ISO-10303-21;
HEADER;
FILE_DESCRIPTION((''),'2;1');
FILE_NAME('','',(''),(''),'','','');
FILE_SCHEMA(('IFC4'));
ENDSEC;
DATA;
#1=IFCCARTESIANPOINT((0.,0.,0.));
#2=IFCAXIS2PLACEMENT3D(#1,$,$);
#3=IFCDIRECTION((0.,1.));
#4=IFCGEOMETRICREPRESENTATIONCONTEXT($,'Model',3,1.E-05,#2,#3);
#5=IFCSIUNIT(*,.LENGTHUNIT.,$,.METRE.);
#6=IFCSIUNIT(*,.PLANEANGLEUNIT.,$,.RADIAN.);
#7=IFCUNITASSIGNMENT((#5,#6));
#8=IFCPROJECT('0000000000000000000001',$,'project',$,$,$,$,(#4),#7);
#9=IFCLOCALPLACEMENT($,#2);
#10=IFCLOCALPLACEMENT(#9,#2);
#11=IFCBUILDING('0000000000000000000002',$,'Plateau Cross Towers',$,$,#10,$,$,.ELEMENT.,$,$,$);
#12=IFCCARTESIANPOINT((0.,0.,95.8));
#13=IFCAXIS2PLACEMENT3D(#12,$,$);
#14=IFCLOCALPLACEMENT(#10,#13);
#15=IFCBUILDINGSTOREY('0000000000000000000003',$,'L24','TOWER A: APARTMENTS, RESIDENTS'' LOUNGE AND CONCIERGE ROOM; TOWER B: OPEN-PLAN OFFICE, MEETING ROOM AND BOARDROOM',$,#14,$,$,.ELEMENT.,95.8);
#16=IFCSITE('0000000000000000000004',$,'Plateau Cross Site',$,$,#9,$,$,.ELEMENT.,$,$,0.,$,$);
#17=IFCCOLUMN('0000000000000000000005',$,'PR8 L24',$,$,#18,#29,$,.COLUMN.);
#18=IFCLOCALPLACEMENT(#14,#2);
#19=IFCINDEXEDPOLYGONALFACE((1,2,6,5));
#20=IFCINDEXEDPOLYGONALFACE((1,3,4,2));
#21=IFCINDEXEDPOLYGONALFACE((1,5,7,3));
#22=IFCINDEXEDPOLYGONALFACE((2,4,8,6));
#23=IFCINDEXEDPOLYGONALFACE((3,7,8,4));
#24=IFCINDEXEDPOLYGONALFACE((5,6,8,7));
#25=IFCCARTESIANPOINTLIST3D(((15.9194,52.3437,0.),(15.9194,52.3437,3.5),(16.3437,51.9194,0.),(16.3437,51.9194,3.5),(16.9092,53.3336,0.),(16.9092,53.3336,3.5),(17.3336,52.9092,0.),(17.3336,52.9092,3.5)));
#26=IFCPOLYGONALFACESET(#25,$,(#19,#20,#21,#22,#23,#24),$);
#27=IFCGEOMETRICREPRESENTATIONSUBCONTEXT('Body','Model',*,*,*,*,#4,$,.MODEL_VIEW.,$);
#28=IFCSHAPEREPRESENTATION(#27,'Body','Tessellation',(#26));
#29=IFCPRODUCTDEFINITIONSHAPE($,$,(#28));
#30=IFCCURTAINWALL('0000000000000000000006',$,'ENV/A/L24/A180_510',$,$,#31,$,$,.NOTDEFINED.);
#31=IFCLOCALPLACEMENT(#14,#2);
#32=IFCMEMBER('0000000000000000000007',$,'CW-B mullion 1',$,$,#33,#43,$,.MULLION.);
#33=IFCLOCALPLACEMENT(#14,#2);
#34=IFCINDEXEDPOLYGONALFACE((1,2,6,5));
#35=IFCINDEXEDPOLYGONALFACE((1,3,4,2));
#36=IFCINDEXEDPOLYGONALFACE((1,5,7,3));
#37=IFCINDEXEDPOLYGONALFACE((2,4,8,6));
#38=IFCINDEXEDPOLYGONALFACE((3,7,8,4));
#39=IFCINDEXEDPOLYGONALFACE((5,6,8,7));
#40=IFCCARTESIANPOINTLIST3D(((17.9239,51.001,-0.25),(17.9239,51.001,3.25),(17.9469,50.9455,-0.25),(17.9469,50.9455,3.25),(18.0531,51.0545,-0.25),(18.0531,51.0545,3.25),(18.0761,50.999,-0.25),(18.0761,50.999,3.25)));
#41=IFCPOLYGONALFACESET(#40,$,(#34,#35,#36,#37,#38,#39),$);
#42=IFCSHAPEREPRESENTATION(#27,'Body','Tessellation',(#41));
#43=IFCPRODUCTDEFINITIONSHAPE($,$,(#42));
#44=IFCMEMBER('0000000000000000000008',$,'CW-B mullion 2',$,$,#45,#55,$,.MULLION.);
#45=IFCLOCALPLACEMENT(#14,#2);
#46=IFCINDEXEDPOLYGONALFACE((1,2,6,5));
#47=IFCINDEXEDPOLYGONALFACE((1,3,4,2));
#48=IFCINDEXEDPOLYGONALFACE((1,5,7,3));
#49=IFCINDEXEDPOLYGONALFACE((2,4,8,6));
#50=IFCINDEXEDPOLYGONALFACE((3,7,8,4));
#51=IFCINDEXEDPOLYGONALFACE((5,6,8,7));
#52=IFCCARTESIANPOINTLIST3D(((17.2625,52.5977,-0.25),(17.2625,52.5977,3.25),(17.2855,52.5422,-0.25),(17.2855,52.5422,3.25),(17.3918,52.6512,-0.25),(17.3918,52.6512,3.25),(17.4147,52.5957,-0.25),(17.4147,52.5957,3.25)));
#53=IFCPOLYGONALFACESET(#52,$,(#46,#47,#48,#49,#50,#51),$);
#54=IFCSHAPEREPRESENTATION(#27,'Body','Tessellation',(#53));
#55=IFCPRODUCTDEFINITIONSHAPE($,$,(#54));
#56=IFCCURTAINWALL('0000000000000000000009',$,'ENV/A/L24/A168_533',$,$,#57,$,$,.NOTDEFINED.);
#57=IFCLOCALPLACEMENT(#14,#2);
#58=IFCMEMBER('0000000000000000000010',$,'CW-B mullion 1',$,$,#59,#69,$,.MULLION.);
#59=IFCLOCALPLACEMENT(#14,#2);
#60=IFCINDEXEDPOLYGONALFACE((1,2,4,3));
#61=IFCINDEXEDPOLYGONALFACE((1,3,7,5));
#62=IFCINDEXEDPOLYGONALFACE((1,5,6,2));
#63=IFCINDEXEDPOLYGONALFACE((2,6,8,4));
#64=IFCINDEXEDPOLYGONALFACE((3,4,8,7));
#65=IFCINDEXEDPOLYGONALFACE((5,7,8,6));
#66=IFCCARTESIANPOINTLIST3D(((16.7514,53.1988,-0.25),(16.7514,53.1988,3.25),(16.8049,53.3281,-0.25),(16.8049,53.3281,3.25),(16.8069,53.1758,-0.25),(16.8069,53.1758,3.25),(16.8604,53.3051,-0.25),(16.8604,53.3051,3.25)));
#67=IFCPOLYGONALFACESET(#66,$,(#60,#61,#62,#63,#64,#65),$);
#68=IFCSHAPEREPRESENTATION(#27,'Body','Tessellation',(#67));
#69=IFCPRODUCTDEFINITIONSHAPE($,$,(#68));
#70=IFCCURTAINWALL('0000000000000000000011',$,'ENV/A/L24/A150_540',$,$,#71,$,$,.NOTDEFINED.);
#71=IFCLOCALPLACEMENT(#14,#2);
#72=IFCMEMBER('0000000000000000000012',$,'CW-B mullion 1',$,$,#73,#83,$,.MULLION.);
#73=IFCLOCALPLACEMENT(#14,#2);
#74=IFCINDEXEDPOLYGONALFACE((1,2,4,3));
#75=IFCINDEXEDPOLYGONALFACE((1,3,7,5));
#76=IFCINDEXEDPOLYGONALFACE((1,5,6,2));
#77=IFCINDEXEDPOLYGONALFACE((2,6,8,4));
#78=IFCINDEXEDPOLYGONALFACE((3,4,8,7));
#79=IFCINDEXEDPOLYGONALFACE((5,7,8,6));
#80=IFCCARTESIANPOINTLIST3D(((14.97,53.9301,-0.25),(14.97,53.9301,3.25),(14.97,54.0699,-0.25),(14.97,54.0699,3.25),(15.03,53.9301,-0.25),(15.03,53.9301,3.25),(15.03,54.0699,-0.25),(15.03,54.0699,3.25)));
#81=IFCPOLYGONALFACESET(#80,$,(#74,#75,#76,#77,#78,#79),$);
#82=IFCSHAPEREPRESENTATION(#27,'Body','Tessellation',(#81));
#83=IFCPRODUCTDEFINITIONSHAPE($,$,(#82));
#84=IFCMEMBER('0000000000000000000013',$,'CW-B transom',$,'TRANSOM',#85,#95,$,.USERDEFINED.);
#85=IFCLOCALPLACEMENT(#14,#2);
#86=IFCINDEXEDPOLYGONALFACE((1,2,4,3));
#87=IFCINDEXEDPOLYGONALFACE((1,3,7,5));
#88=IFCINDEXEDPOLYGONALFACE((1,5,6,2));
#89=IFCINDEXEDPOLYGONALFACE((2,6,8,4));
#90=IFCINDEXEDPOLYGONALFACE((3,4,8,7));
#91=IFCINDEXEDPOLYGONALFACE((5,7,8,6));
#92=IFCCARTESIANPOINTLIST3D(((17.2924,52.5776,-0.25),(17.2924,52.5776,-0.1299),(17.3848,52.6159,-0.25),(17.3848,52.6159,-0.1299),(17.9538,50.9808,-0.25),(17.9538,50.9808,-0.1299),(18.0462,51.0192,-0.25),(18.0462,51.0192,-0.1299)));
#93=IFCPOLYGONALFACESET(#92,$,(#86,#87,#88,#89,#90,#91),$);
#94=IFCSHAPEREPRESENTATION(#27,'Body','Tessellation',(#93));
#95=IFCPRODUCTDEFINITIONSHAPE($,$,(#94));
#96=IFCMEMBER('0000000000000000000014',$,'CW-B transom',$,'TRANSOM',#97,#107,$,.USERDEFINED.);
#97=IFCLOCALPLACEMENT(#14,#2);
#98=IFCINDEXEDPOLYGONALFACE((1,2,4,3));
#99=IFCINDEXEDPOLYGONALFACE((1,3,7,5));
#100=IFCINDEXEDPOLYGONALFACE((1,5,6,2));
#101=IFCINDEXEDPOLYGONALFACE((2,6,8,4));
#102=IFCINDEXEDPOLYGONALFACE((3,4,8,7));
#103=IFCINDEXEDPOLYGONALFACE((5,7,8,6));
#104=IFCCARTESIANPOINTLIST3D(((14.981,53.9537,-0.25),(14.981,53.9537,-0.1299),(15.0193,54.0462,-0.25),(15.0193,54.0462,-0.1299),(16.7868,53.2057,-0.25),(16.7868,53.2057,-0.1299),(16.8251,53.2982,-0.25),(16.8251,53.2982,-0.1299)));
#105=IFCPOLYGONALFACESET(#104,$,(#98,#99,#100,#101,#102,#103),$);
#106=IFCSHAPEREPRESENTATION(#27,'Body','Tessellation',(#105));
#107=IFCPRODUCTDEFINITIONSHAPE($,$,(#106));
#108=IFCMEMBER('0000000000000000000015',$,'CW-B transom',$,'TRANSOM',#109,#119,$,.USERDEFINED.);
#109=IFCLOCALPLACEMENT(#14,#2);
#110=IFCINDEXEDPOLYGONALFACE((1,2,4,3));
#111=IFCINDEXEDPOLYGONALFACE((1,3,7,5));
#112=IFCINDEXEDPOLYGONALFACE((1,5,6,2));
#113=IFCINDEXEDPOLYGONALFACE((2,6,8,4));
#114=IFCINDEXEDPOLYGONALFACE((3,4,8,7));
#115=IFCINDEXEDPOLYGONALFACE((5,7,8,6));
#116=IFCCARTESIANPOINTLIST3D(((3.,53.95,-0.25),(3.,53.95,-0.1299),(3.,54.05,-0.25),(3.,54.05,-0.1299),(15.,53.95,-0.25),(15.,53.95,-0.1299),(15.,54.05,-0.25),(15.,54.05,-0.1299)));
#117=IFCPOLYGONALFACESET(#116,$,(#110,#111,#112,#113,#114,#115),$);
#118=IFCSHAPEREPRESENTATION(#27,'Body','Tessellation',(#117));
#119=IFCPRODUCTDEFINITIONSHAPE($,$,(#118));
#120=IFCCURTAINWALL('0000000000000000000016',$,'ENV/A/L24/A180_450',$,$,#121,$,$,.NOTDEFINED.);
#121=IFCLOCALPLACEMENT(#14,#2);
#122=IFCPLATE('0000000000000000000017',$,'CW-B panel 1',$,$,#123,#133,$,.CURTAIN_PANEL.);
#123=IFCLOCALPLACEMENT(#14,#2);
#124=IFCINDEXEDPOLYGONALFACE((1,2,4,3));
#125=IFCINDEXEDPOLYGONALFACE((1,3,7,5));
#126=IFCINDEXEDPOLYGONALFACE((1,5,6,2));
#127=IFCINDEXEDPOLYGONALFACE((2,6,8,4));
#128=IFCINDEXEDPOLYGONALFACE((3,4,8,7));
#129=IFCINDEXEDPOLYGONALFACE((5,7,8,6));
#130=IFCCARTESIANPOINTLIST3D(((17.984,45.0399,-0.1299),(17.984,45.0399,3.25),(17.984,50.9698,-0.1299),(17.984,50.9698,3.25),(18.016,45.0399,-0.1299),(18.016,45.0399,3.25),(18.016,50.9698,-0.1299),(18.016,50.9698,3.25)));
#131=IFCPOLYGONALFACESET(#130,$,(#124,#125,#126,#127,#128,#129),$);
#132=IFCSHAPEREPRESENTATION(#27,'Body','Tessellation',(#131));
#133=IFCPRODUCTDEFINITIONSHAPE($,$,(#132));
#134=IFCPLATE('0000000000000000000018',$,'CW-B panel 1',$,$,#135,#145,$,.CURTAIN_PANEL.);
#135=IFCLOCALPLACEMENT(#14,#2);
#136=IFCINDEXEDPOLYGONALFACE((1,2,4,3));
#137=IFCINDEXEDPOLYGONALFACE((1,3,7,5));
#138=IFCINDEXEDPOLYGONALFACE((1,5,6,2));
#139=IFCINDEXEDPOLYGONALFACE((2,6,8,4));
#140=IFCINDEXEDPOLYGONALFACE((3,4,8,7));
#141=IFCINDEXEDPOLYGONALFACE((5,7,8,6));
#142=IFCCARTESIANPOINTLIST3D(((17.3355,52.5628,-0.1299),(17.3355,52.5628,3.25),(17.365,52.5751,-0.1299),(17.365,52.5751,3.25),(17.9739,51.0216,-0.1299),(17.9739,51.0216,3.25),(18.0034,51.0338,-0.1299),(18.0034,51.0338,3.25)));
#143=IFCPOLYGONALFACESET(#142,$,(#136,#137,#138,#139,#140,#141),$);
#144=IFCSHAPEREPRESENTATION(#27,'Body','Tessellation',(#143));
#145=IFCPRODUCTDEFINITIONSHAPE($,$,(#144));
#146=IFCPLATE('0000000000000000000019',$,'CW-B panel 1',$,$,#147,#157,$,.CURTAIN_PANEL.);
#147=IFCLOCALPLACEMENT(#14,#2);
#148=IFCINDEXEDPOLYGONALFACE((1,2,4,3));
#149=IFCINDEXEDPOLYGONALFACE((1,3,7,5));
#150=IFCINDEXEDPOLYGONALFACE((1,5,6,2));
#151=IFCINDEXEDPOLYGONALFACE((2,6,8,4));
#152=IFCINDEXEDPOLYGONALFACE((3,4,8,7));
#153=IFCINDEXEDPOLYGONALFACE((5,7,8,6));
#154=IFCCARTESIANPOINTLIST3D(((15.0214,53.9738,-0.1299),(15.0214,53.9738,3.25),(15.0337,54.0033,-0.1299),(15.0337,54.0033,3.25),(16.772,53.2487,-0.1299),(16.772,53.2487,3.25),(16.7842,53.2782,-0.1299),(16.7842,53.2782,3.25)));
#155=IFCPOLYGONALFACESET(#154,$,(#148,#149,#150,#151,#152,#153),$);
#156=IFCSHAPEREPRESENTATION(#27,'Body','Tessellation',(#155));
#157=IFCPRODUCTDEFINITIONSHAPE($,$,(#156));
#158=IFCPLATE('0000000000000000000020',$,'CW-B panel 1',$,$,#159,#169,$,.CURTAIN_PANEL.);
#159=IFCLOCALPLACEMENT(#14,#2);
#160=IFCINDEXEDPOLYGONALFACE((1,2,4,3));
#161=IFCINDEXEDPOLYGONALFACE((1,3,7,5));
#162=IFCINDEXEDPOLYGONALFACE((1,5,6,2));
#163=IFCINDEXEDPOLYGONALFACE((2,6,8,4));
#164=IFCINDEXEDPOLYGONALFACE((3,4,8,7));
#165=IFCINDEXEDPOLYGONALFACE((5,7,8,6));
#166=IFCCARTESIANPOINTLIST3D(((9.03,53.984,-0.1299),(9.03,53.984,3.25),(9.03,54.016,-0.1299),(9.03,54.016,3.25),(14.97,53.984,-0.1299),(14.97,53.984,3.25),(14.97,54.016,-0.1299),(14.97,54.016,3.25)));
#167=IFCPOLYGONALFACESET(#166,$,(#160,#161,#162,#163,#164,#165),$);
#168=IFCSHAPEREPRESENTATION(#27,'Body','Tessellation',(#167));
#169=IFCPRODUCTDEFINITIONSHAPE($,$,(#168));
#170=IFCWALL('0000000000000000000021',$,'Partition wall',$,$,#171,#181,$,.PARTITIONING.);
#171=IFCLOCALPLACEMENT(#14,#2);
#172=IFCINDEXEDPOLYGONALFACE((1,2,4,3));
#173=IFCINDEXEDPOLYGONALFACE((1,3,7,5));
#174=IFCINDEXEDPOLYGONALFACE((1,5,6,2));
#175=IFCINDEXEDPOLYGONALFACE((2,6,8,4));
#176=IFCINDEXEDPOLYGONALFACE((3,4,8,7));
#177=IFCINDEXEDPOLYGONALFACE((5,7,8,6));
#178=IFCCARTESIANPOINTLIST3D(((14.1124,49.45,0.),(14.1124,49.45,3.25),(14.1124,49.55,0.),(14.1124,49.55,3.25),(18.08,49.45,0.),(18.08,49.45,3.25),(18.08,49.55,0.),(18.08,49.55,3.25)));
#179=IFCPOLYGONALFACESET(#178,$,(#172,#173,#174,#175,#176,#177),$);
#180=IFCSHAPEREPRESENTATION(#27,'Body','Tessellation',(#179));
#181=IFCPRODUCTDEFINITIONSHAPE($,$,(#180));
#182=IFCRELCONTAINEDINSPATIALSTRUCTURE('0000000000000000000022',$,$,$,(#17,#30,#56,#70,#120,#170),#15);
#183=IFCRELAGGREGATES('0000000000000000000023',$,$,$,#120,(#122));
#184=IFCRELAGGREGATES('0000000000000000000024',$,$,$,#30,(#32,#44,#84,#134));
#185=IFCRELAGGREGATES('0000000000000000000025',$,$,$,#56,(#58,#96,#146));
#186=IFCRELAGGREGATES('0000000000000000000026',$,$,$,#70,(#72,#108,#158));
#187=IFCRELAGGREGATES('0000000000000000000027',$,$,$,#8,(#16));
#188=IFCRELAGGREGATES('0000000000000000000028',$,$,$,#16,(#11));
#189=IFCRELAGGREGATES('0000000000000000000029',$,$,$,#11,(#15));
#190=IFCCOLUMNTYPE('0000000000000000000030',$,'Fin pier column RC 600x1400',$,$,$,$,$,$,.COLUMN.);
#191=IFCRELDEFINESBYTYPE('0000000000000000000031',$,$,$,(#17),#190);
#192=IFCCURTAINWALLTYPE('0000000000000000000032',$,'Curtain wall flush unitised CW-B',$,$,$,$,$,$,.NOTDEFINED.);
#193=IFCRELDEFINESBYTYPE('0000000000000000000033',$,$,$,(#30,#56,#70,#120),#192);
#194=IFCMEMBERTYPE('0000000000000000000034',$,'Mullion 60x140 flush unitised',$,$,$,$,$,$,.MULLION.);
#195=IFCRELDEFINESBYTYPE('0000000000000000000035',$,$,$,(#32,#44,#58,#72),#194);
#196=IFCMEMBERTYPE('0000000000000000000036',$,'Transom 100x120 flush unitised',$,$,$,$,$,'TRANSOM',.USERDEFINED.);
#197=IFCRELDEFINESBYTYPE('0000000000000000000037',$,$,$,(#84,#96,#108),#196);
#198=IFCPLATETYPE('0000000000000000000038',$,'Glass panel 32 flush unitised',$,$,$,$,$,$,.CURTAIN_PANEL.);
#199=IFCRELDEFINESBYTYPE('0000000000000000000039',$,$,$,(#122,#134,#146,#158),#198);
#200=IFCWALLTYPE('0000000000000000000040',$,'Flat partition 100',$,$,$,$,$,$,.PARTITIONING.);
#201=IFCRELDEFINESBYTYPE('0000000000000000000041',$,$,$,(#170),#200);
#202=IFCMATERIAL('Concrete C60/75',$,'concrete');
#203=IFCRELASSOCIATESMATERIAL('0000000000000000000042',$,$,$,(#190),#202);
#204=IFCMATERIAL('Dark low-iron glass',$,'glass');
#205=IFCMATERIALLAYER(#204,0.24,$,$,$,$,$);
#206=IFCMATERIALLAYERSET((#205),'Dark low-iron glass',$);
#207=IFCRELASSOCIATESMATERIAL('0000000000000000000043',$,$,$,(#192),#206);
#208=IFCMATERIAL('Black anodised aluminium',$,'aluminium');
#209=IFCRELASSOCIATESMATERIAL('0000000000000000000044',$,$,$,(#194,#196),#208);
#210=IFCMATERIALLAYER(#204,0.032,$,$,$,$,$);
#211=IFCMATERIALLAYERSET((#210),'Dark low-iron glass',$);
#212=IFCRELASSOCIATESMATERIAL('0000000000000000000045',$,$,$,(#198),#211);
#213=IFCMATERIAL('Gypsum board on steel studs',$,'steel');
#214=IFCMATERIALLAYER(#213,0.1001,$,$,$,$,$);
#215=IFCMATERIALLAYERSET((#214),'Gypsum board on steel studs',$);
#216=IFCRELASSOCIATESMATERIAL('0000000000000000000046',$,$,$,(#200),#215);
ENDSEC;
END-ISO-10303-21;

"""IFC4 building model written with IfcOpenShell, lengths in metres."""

from ifc_helpers import new_model, si_unit, direction, frame, frame_2d, origin, origin_2d, place, context, subcontext, project, spatial, rectangle, extrude, material, layer, layer_set, material_profile, profile_set, type_object, element, aggregate, save


model = new_model("IFC4")

# Units and contexts
model_context = context("Model", 3, precision=1e-05, world=origin(), true_north=direction((0.0, 1.0)))
body_context = subcontext(model_context, "Body", "Model", "MODEL_VIEW")
ifc_project = project(units=[si_unit("LENGTHUNIT", "METRE"), si_unit("PLANEANGLEUNIT", "RADIAN")], contexts=[model_context])

# Site, building, storey
site_placement = place(None, origin())
site = spatial("IfcSite", under=ifc_project, at=site_placement, Name="Plateau Cross Site", CompositionType="ELEMENT", RefElevation=0.0)
building_placement = place(site_placement, origin())
building = spatial("IfcBuilding", under=site, at=building_placement, Name="Plateau Cross Towers", CompositionType="ELEMENT")
storey_placement = place(building_placement, frame((0.0, 0.0, 95.8)))
storey = spatial("IfcBuildingStorey", under=building, at=storey_placement, Name="L24", Description="TOWER A: APARTMENTS, RESIDENTS' LOUNGE AND CONCIERGE ROOM; TOWER B: OPEN-PLAN OFFICE, MEETING ROOM AND BOARDROOM", CompositionType="ELEMENT", Elevation=95.8)

# Column
ifc_material_1 = material(Name="Concrete C60/75", Category="concrete")
ifc_material_profile_1 = material_profile(ifc_material_1, rectangle(XDim=0.6001, YDim=1.3999, at=origin_2d()), Name="RC 600x1400")
ifc_profile_set_1 = profile_set([ifc_material_profile_1], Name="Concrete C60/75")
column_type = type_object("IfcColumnType", Name="Fin pier column RC 600x1400", PredefinedType="COLUMN", material=ifc_profile_set_1)
column_placement = place(storey_placement, frame((16.6265, 52.6265, 0.0), z_axis=(0.0, 0.0, 1.0), x_axis=(-0.707107, 0.707107, 0.0)))
element("IfcColumn", 1, at=column_placement, inside=storey, type_object=column_type, Name="PR8 L24", PredefinedType="COLUMN", context=body_context, shape_type="SweptSolid", body=[
    extrude(rectangle(XDim=0.6001, YDim=1.3999, at=origin_2d()), origin(), (0.0, 0.0, 1.0), 3.5),
])

# Curtain wall, members
ifc_material_2 = material(Name="Dark low-iron glass", Category="glass")
ifc_layer_1 = layer(ifc_material_2, 0.24)
ifc_layer_set_1 = layer_set([ifc_layer_1], Name="Dark low-iron glass")
curtain_wall_type = type_object("IfcCurtainWallType", Name="Curtain wall flush unitised CW-B", PredefinedType="NOTDEFINED", material=ifc_layer_set_1)
curtain_wall_1_placement = place(storey_placement, origin())
curtain_wall_1 = element("IfcCurtainWall", 2, at=curtain_wall_1_placement, inside=storey, type_object=curtain_wall_type, Name="ENV/A/L24/A180_510", PredefinedType="NOTDEFINED")
ifc_material_3 = material(Name="Black anodised aluminium", Category="aluminium")
ifc_material_profile_2 = material_profile(ifc_material_3, rectangle(XDim=0.0601, YDim=0.1399, at=origin_2d()), Name="MULLION 60x140")
ifc_profile_set_2 = profile_set([ifc_material_profile_2], Name="Black anodised aluminium")
member_type_1 = type_object("IfcMemberType", Name="Mullion 60x140 flush unitised", PredefinedType="MULLION", material=ifc_profile_set_2)
member_1_placement = place(storey_placement, frame((18.0, 51.0, -0.25), z_axis=(0.0, 0.0, 1.0), x_axis=(-0.382684, 0.923879, 0.0)))
member_1 = element("IfcMember", 3, at=member_1_placement, type_object=member_type_1, Name="CW-B mullion 1", PredefinedType="MULLION", context=body_context, shape_type="SweptSolid", body=[
    extrude(rectangle(XDim=0.0601, YDim=0.1399, at=origin_2d()), origin(), (0.0, 0.0, 1.0), 3.5),
])
member_2_placement = place(storey_placement, frame((17.3386, 52.5967, -0.25), z_axis=(0.0, 0.0, 1.0), x_axis=(-0.382684, 0.923879, 0.0)))
member_2 = element("IfcMember", 4, at=member_2_placement, type_object=member_type_1, Name="CW-B mullion 2", PredefinedType="MULLION", context=body_context, shape_type="SweptSolid", body=[
    extrude(rectangle(XDim=0.0601, YDim=0.1399, at=origin_2d()), origin(), (0.0, 0.0, 1.0), 3.5),
])

# Curtain walls, members
curtain_wall_2_placement = place(storey_placement, origin())
curtain_wall_2 = element("IfcCurtainWall", 5, at=curtain_wall_2_placement, inside=storey, type_object=curtain_wall_type, Name="ENV/A/L24/A168_533", PredefinedType="NOTDEFINED")
member_3_placement = place(storey_placement, frame((16.8059, 53.252, -0.25), z_axis=(0.0, 0.0, 1.0), x_axis=(-0.923879, 0.382684, 0.0)))
member_3 = element("IfcMember", 6, at=member_3_placement, type_object=member_type_1, Name="CW-B mullion 1", PredefinedType="MULLION", context=body_context, shape_type="SweptSolid", body=[
    extrude(rectangle(XDim=0.0601, YDim=0.1399, at=origin_2d()), origin(), (0.0, 0.0, 1.0), 3.5),
])
curtain_wall_3_placement = place(storey_placement, origin())
curtain_wall_3 = element("IfcCurtainWall", 7, at=curtain_wall_3_placement, inside=storey, type_object=curtain_wall_type, Name="ENV/A/L24/A150_540", PredefinedType="NOTDEFINED")
member_4_placement = place(storey_placement, frame((15.0, 54.0, -0.25), z_axis=(0.0, 0.0, 1.0), x_axis=(-1.0, 0.0, 0.0)))
member_4 = element("IfcMember", 8, at=member_4_placement, type_object=member_type_1, Name="CW-B mullion 1", PredefinedType="MULLION", context=body_context, shape_type="SweptSolid", body=[
    extrude(rectangle(XDim=0.0601, YDim=0.1399, at=origin_2d()), origin(), (0.0, 0.0, 1.0), 3.5),
])

# Members
ifc_material_profile_3 = material_profile(ifc_material_3, rectangle(XDim=0.1001, YDim=0.1201, at=origin_2d()), Name="TRANSOM 100x120")
ifc_profile_set_3 = profile_set([ifc_material_profile_3], Name="Black anodised aluminium")
member_type_2 = type_object("IfcMemberType", Name="Transom 100x120 flush unitised", ElementType="TRANSOM", PredefinedType="USERDEFINED", material=ifc_profile_set_3)
member_5_placement = place(storey_placement, frame((18.0, 51.0, -0.1899), z_axis=(-0.382689, 0.923877, 0.0), x_axis=(-0.923877, -0.382689, 0.0)))
member_5 = element("IfcMember", 9, at=member_5_placement, type_object=member_type_2, Name="CW-B transom", ObjectType="TRANSOM", PredefinedType="USERDEFINED", context=body_context, shape_type="SweptSolid", body=[
    extrude(rectangle(XDim=0.1001, YDim=0.1201, at=origin_2d()), origin(), (0.0, 0.0, 1.0), 1.7283),
])
member_6_placement = place(storey_placement, frame((16.8059, 53.252, -0.1899), z_axis=(-0.923877, 0.38269, 0.0), x_axis=(-0.38269, -0.923877, 0.0)))
member_6 = element("IfcMember", 10, at=member_6_placement, type_object=member_type_2, Name="CW-B transom", ObjectType="TRANSOM", PredefinedType="USERDEFINED", context=body_context, shape_type="SweptSolid", body=[
    extrude(rectangle(XDim=0.1001, YDim=0.1201, at=origin_2d()), origin(), (0.0, 0.0, 1.0), 1.9546),
])
member_7_placement = place(storey_placement, frame((15.0, 54.0, -0.1899), z_axis=(-1.0, 0.0, 0.0), x_axis=(0.0, -1.0, 0.0)))
member_7 = element("IfcMember", 11, at=member_7_placement, type_object=member_type_2, Name="CW-B transom", ObjectType="TRANSOM", PredefinedType="USERDEFINED", context=body_context, shape_type="SweptSolid", body=[
    extrude(rectangle(XDim=0.1001, YDim=0.1201, at=origin_2d()), origin(), (0.0, 0.0, 1.0), 12.0),
])

# Curtain wall, plate
curtain_wall_4_placement = place(storey_placement, origin())
curtain_wall_4 = element("IfcCurtainWall", 12, at=curtain_wall_4_placement, inside=storey, type_object=curtain_wall_type, Name="ENV/A/L24/A180_450", PredefinedType="NOTDEFINED")
ifc_layer_2 = layer(ifc_material_2, 0.032)
ifc_layer_set_2 = layer_set([ifc_layer_2], Name="Dark low-iron glass")
plate_type = type_object("IfcPlateType", Name="Glass panel 32 flush unitised", PredefinedType="CURTAIN_PANEL", material=ifc_layer_set_2)
plate_1_placement = place(storey_placement, frame((18.0, 48.0049, -0.1299), z_axis=(0.0, 0.0, 1.0), x_axis=(0.0, 1.0, 0.0)))
plate_1 = element("IfcPlate", 13, at=plate_1_placement, type_object=plate_type, Name="CW-B panel 1", PredefinedType="CURTAIN_PANEL", context=body_context, shape_type="SweptSolid", body=[
    extrude(rectangle(XDim=5.9299, YDim=0.032, at=origin_2d()), origin(), (0.0, 0.0, 1.0), 3.3799),
])
aggregate(curtain_wall_4, [plate_1])

# Plates
plate_2_placement = place(storey_placement, frame((17.6694, 51.7983, -0.1299), z_axis=(0.0, 0.0, 1.0), x_axis=(-0.382684, 0.923879, 0.0)))
plate_2 = element("IfcPlate", 14, at=plate_2_placement, type_object=plate_type, Name="CW-B panel 1", PredefinedType="CURTAIN_PANEL", context=body_context, shape_type="SweptSolid", body=[
    extrude(rectangle(XDim=1.6682, YDim=0.032, at=origin_2d()), origin(), (0.0, 0.0, 1.0), 3.3799),
])
aggregate(curtain_wall_1, [member_1, member_2, member_5, plate_2])
plate_3_placement = place(storey_placement, frame((15.9028, 53.626, -0.1299), z_axis=(0.0, 0.0, 1.0), x_axis=(-0.923879, 0.382684, 0.0)))
plate_3 = element("IfcPlate", 15, at=plate_3_placement, type_object=plate_type, Name="CW-B panel 1", PredefinedType="CURTAIN_PANEL", context=body_context, shape_type="SweptSolid", body=[
    extrude(rectangle(XDim=1.8948, YDim=0.032, at=origin_2d()), origin(), (0.0, 0.0, 1.0), 3.3799),
])
aggregate(curtain_wall_2, [member_3, member_6, plate_3])
plate_4_placement = place(storey_placement, frame((12.0, 54.0, -0.1299), z_axis=(0.0, 0.0, 1.0), x_axis=(-1.0, 0.0, 0.0)))
plate_4 = element("IfcPlate", 16, at=plate_4_placement, type_object=plate_type, Name="CW-B panel 1", PredefinedType="CURTAIN_PANEL", context=body_context, shape_type="SweptSolid", body=[
    extrude(rectangle(XDim=5.9399, YDim=0.032, at=origin_2d()), origin(), (0.0, 0.0, 1.0), 3.3799),
])
aggregate(curtain_wall_3, [member_4, member_7, plate_4])

# Wall
ifc_material_4 = material(Name="Gypsum board on steel studs", Category="steel")
ifc_layer_3 = layer(ifc_material_4, 0.1001)
ifc_layer_set_3 = layer_set([ifc_layer_3], Name="Gypsum board on steel studs")
wall_type = type_object("IfcWallType", Name="Flat partition 100", PredefinedType="PARTITIONING", material=ifc_layer_set_3)
wall_1_placement = place(storey_placement, frame((18.0801, 49.5, 0.0), z_axis=(0.0, 0.0, 1.0), x_axis=(-1.0, 0.0, 0.0)))
element("IfcWall", 17, at=wall_1_placement, inside=storey, type_object=wall_type, Name="Partition wall", PredefinedType="PARTITIONING", context=body_context, shape_type="SweptSolid", body=[
    extrude(rectangle(XDim=3.9675, YDim=0.1001, at=frame_2d((1.9839, 0.0))), origin(), (0.0, 0.0, 1.0), 3.25),
])

save(model, "model.ifc")
